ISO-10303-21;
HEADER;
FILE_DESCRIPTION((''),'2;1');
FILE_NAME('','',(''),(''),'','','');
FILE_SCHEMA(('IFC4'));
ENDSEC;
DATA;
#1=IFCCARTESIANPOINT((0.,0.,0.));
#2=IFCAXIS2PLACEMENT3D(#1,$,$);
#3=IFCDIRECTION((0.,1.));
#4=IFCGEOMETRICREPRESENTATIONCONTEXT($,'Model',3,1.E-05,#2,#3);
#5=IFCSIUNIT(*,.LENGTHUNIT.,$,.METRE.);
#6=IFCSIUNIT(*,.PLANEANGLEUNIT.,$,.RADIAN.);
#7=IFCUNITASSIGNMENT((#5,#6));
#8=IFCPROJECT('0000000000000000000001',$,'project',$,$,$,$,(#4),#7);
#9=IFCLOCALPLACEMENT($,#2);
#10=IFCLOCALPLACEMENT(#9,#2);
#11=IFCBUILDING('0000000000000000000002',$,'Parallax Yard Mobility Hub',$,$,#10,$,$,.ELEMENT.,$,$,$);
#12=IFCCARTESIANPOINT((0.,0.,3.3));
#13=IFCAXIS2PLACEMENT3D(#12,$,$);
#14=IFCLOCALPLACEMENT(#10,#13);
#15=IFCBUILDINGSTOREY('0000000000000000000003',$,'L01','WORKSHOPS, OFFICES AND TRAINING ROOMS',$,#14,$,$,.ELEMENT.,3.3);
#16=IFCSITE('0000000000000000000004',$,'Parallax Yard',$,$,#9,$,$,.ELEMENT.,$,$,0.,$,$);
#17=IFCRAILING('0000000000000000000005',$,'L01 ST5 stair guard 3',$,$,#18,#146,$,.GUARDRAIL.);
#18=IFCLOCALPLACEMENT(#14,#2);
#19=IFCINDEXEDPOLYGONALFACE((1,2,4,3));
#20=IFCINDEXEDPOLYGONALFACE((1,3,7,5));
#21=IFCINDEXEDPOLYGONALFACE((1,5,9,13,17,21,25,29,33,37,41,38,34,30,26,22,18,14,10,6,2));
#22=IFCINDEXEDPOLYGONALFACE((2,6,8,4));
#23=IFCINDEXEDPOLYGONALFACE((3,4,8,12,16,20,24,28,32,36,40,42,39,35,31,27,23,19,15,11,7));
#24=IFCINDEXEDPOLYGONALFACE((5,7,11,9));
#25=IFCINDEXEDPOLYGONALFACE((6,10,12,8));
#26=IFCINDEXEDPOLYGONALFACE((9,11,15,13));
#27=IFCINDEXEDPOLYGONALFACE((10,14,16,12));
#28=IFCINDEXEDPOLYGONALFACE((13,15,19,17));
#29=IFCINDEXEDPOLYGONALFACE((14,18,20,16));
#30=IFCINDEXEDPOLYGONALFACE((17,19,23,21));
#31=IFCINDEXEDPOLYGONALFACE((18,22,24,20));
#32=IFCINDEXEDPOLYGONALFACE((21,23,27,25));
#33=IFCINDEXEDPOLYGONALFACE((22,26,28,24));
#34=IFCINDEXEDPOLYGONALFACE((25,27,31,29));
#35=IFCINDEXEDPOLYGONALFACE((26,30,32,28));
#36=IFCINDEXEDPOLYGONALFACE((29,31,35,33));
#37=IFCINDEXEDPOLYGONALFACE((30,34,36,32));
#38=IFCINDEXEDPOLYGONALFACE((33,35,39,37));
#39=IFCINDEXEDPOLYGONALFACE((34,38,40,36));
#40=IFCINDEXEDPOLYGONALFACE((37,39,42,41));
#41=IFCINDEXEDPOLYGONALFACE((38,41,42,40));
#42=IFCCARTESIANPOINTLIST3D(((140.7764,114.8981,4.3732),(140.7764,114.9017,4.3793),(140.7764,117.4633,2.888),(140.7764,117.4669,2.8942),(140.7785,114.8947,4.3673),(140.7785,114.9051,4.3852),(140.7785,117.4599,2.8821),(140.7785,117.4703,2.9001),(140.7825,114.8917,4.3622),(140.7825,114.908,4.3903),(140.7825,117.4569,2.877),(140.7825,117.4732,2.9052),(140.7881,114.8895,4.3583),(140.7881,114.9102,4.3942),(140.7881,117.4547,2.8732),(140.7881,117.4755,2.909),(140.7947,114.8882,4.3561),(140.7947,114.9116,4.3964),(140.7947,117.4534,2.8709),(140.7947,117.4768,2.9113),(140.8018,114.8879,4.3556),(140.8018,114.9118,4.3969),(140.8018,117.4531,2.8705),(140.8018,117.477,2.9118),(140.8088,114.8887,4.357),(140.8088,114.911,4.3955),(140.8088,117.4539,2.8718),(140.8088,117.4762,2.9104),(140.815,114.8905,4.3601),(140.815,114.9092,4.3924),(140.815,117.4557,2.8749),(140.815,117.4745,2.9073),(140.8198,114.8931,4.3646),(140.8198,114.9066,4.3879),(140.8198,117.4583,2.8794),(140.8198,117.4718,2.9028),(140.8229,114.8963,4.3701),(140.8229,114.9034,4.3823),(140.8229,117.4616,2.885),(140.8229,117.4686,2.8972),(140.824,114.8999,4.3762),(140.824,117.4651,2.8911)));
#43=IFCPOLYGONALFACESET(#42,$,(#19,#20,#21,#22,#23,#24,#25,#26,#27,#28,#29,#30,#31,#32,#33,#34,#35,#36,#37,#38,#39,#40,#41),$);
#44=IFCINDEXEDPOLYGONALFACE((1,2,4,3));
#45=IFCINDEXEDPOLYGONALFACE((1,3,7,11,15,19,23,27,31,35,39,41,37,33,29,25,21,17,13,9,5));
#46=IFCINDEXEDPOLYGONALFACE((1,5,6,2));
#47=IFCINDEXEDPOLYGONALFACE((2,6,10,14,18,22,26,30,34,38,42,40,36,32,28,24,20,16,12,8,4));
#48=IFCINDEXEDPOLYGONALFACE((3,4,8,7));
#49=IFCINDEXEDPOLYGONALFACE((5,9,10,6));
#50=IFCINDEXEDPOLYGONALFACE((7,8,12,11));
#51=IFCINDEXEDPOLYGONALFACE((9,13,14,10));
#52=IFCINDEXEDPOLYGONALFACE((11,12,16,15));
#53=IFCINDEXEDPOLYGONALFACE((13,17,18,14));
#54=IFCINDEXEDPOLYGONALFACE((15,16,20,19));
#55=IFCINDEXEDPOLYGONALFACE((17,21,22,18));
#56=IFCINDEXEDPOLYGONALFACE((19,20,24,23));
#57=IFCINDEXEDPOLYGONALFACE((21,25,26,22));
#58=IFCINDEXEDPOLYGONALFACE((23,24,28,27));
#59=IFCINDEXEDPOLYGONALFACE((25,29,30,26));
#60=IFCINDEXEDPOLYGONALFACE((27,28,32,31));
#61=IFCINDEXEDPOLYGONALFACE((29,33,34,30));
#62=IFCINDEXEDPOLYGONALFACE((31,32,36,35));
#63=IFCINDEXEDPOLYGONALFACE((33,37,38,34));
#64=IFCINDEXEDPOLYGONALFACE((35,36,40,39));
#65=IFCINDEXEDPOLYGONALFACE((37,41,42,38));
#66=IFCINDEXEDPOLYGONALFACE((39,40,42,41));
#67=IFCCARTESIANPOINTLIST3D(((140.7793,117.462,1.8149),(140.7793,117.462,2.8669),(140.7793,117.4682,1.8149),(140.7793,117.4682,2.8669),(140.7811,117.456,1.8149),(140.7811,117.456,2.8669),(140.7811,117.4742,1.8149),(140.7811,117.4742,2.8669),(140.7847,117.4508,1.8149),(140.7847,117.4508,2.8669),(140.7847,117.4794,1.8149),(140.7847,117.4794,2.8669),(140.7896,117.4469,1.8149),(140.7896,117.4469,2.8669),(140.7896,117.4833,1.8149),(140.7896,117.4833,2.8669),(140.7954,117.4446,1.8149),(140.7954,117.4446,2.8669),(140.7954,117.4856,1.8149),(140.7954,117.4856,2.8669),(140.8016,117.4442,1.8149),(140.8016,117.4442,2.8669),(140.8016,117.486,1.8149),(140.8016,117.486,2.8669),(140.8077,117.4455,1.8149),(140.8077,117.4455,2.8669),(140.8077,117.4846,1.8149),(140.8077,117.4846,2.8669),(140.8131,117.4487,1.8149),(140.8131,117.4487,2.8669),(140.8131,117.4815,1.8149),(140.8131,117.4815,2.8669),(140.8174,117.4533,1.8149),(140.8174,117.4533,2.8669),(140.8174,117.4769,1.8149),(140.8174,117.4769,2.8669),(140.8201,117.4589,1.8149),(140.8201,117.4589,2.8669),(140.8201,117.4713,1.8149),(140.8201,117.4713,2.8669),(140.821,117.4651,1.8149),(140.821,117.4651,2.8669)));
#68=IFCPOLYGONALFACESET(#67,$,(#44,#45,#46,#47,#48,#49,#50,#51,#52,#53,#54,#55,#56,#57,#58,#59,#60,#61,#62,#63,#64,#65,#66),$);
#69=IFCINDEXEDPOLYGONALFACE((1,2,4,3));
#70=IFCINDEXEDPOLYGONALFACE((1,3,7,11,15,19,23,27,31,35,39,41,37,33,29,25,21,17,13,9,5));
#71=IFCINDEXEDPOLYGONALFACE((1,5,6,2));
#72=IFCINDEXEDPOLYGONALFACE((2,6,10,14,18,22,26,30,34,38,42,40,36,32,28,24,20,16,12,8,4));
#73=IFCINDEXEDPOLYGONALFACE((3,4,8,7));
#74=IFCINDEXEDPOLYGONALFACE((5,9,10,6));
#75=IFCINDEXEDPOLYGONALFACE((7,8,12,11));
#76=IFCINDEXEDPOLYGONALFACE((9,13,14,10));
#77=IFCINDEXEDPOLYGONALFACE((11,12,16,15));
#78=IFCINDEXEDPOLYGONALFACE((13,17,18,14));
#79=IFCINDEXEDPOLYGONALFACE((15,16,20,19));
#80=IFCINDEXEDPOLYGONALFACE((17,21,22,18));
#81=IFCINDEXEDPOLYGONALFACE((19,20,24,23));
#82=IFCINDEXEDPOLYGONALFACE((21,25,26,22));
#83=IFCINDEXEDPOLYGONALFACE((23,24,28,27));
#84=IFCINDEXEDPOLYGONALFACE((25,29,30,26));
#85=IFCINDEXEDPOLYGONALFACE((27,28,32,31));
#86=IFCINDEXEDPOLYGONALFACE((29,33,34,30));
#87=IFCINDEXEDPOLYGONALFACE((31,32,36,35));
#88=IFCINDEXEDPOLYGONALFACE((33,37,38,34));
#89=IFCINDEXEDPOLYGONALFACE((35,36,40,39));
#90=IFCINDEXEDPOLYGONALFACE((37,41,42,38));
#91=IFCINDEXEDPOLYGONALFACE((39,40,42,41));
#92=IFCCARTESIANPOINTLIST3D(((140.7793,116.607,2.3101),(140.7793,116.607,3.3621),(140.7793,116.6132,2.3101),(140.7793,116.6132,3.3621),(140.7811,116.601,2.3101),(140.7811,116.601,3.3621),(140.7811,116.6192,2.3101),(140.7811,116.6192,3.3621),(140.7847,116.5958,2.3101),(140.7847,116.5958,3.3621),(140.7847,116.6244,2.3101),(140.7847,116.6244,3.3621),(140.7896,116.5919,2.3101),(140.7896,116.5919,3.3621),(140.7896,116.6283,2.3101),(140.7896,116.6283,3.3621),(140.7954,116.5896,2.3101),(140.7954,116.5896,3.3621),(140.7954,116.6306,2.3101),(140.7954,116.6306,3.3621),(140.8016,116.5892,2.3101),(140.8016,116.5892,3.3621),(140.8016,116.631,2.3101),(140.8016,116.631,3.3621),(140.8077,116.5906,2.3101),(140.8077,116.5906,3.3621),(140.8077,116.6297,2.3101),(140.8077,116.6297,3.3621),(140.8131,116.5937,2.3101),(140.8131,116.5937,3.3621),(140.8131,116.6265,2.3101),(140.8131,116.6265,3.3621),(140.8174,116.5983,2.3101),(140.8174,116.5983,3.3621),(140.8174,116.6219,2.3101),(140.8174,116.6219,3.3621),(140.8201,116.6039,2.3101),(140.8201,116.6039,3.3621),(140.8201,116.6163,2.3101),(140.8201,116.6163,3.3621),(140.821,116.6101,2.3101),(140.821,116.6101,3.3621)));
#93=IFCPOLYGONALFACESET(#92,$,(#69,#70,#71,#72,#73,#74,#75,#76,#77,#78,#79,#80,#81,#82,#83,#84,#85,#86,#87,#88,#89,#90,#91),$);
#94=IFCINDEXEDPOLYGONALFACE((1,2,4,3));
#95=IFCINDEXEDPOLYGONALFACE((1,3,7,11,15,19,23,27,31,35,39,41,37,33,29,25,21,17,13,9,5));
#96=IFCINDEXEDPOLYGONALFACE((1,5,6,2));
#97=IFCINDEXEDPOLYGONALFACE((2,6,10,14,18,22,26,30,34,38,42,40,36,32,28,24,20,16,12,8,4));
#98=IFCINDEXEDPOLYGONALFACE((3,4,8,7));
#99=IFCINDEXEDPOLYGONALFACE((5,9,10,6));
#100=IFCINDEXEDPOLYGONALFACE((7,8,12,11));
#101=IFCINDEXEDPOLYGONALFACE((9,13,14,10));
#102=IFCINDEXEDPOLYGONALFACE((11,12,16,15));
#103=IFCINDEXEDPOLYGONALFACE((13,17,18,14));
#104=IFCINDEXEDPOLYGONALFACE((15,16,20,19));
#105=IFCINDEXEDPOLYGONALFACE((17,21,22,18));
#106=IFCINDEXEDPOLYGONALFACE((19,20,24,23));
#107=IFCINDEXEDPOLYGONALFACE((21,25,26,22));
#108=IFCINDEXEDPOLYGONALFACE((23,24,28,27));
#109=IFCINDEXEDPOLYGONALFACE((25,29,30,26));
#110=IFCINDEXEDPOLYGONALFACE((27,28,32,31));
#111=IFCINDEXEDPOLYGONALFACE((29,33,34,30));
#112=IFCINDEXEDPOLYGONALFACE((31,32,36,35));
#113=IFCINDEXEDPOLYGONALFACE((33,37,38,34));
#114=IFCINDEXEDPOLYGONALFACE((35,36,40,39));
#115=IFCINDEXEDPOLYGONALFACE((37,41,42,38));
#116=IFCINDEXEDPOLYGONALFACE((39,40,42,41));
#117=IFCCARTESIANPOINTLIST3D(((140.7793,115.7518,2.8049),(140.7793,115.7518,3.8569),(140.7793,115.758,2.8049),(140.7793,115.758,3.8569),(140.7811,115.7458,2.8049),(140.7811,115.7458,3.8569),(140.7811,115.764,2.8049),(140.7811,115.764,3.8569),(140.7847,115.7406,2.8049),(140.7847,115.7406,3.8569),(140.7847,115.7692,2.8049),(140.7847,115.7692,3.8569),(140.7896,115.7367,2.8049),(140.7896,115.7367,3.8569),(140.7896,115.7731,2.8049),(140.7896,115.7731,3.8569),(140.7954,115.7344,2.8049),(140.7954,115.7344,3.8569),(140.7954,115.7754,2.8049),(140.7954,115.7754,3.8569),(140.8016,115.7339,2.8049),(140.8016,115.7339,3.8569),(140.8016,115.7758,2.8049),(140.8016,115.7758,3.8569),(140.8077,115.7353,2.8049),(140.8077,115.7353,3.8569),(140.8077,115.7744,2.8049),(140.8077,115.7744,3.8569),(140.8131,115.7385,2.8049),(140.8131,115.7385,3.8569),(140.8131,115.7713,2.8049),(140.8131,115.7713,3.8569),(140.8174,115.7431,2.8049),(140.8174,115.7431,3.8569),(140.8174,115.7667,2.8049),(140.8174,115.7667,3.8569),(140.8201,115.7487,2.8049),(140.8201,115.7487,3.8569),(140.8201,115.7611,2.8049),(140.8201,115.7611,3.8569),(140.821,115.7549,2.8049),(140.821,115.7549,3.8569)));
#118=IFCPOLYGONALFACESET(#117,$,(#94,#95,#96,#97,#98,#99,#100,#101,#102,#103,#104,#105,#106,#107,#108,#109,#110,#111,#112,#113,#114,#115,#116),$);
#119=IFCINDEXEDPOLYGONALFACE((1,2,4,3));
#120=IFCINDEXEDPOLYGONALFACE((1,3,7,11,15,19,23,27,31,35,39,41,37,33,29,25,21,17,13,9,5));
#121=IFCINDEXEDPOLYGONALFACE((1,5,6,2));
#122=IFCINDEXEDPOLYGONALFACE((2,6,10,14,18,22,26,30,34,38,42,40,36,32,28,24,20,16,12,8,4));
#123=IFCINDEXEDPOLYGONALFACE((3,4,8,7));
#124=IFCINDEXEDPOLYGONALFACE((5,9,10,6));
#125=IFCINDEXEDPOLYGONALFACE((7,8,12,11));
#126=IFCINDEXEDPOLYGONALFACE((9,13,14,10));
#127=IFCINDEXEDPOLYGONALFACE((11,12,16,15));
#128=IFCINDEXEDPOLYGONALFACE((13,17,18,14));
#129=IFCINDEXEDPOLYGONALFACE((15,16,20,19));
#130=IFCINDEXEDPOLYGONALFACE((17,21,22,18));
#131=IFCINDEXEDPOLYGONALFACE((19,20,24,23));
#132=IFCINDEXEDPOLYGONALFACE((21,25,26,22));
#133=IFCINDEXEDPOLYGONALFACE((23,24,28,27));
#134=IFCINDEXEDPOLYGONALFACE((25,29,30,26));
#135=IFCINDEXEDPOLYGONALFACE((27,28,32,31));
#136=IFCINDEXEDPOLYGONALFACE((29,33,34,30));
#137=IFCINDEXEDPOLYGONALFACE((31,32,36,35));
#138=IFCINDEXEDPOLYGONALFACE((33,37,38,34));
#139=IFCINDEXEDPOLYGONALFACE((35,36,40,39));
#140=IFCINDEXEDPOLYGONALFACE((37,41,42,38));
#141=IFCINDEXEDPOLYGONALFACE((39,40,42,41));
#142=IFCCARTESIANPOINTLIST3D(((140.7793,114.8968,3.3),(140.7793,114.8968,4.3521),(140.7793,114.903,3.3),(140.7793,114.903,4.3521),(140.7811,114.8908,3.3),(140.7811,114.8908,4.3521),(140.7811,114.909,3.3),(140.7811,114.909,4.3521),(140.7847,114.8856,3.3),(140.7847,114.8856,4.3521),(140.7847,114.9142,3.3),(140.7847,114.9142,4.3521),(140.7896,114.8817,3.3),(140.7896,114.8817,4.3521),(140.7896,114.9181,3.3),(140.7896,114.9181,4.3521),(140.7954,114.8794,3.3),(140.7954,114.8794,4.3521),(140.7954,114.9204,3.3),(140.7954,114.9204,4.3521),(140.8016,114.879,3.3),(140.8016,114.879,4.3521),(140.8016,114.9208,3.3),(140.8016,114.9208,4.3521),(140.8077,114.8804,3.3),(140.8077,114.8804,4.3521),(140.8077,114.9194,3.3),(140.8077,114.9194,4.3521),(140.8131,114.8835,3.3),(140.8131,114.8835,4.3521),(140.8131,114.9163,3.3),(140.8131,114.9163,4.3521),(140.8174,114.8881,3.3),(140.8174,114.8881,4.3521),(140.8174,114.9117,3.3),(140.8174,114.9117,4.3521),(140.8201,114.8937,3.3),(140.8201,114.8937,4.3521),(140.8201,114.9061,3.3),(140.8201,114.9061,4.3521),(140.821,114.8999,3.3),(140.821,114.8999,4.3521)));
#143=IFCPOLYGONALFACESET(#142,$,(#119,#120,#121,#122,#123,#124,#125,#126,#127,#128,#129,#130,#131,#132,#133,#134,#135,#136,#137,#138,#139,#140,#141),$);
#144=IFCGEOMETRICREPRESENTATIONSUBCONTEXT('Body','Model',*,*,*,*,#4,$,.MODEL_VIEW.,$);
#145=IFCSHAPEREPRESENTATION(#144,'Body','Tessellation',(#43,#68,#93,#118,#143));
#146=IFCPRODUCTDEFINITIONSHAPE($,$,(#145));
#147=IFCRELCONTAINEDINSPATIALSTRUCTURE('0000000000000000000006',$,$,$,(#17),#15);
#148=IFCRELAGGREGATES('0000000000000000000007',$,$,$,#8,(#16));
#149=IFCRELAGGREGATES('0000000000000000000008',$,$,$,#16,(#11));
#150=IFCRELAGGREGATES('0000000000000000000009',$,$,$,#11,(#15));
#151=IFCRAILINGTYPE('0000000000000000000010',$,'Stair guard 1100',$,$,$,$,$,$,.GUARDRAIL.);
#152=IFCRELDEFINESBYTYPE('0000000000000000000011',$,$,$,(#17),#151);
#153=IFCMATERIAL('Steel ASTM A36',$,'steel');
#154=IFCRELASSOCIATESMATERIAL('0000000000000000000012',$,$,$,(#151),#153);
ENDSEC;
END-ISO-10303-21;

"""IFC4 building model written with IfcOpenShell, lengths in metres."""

from ifc_helpers import new_model, si_unit, direction, frame, origin, origin_2d, place, context, subcontext, project, spatial, circle, extrude, material, type_object, element, save


model = new_model("IFC4")

# Units and contexts
model_context = context("Model", 3, precision=1e-05, world=origin(), true_north=direction((0.0, 1.0)))
body_context = subcontext(model_context, "Body", "Model", "MODEL_VIEW")
ifc_project = project(units=[si_unit("LENGTHUNIT", "METRE"), si_unit("PLANEANGLEUNIT", "RADIAN")], contexts=[model_context])

# Site, building, storey
site_placement = place(None, origin())
site = spatial("IfcSite", under=ifc_project, at=site_placement, Name="Parallax Yard", CompositionType="ELEMENT", RefElevation=0.0)
building_placement = place(site_placement, origin())
building = spatial("IfcBuilding", under=site, at=building_placement, Name="Parallax Yard Mobility Hub", CompositionType="ELEMENT")
storey_placement = place(building_placement, frame((0.0, 0.0, 3.3)))
storey = spatial("IfcBuildingStorey", under=building, at=storey_placement, Name="L01", Description="WORKSHOPS, OFFICES AND TRAINING ROOMS", CompositionType="ELEMENT", Elevation=3.3)

# Railing
ifc_material_1 = material(Name="Steel ASTM A36", Category="steel")
railing_type_1 = type_object("IfcRailingType", Name="Stair guard 1100", PredefinedType="GUARDRAIL", material=ifc_material_1)
railing_1_placement = place(storey_placement, frame((140.8, 117.4651, 1.8149)))
element("IfcRailing", 1, at=railing_1_placement, inside=storey, type_object=railing_type_1, Name="L01 ST5 stair guard 3", PredefinedType="GUARDRAIL", context=body_context, shape_type="SweptSolid", body=[
    extrude(circle(Radius=0.0239, at=origin_2d()), frame((0.0, 0.0, 1.0762), z_axis=(0.0, -0.865426, 0.501036), x_axis=(1.0, 0.0, 0.0)), (0.0, 0.0, 1.0), 2.9641),
    extrude(circle(Radius=0.021, at=origin_2d()), origin(), (0.0, 0.0, 1.0), 1.052),
    extrude(circle(Radius=0.021, at=origin_2d()), frame((0.0, -0.855, 0.4951)), (0.0, 0.0, 1.0), 1.052),
    extrude(circle(Radius=0.021, at=origin_2d()), frame((0.0, -1.7102, 0.99)), (0.0, 0.0, 1.0), 1.052),
    extrude(circle(Radius=0.021, at=origin_2d()), frame((0.0, -2.5652, 1.4851)), (0.0, 0.0, 1.0), 1.052),
])

save(model, "model.ifc")
